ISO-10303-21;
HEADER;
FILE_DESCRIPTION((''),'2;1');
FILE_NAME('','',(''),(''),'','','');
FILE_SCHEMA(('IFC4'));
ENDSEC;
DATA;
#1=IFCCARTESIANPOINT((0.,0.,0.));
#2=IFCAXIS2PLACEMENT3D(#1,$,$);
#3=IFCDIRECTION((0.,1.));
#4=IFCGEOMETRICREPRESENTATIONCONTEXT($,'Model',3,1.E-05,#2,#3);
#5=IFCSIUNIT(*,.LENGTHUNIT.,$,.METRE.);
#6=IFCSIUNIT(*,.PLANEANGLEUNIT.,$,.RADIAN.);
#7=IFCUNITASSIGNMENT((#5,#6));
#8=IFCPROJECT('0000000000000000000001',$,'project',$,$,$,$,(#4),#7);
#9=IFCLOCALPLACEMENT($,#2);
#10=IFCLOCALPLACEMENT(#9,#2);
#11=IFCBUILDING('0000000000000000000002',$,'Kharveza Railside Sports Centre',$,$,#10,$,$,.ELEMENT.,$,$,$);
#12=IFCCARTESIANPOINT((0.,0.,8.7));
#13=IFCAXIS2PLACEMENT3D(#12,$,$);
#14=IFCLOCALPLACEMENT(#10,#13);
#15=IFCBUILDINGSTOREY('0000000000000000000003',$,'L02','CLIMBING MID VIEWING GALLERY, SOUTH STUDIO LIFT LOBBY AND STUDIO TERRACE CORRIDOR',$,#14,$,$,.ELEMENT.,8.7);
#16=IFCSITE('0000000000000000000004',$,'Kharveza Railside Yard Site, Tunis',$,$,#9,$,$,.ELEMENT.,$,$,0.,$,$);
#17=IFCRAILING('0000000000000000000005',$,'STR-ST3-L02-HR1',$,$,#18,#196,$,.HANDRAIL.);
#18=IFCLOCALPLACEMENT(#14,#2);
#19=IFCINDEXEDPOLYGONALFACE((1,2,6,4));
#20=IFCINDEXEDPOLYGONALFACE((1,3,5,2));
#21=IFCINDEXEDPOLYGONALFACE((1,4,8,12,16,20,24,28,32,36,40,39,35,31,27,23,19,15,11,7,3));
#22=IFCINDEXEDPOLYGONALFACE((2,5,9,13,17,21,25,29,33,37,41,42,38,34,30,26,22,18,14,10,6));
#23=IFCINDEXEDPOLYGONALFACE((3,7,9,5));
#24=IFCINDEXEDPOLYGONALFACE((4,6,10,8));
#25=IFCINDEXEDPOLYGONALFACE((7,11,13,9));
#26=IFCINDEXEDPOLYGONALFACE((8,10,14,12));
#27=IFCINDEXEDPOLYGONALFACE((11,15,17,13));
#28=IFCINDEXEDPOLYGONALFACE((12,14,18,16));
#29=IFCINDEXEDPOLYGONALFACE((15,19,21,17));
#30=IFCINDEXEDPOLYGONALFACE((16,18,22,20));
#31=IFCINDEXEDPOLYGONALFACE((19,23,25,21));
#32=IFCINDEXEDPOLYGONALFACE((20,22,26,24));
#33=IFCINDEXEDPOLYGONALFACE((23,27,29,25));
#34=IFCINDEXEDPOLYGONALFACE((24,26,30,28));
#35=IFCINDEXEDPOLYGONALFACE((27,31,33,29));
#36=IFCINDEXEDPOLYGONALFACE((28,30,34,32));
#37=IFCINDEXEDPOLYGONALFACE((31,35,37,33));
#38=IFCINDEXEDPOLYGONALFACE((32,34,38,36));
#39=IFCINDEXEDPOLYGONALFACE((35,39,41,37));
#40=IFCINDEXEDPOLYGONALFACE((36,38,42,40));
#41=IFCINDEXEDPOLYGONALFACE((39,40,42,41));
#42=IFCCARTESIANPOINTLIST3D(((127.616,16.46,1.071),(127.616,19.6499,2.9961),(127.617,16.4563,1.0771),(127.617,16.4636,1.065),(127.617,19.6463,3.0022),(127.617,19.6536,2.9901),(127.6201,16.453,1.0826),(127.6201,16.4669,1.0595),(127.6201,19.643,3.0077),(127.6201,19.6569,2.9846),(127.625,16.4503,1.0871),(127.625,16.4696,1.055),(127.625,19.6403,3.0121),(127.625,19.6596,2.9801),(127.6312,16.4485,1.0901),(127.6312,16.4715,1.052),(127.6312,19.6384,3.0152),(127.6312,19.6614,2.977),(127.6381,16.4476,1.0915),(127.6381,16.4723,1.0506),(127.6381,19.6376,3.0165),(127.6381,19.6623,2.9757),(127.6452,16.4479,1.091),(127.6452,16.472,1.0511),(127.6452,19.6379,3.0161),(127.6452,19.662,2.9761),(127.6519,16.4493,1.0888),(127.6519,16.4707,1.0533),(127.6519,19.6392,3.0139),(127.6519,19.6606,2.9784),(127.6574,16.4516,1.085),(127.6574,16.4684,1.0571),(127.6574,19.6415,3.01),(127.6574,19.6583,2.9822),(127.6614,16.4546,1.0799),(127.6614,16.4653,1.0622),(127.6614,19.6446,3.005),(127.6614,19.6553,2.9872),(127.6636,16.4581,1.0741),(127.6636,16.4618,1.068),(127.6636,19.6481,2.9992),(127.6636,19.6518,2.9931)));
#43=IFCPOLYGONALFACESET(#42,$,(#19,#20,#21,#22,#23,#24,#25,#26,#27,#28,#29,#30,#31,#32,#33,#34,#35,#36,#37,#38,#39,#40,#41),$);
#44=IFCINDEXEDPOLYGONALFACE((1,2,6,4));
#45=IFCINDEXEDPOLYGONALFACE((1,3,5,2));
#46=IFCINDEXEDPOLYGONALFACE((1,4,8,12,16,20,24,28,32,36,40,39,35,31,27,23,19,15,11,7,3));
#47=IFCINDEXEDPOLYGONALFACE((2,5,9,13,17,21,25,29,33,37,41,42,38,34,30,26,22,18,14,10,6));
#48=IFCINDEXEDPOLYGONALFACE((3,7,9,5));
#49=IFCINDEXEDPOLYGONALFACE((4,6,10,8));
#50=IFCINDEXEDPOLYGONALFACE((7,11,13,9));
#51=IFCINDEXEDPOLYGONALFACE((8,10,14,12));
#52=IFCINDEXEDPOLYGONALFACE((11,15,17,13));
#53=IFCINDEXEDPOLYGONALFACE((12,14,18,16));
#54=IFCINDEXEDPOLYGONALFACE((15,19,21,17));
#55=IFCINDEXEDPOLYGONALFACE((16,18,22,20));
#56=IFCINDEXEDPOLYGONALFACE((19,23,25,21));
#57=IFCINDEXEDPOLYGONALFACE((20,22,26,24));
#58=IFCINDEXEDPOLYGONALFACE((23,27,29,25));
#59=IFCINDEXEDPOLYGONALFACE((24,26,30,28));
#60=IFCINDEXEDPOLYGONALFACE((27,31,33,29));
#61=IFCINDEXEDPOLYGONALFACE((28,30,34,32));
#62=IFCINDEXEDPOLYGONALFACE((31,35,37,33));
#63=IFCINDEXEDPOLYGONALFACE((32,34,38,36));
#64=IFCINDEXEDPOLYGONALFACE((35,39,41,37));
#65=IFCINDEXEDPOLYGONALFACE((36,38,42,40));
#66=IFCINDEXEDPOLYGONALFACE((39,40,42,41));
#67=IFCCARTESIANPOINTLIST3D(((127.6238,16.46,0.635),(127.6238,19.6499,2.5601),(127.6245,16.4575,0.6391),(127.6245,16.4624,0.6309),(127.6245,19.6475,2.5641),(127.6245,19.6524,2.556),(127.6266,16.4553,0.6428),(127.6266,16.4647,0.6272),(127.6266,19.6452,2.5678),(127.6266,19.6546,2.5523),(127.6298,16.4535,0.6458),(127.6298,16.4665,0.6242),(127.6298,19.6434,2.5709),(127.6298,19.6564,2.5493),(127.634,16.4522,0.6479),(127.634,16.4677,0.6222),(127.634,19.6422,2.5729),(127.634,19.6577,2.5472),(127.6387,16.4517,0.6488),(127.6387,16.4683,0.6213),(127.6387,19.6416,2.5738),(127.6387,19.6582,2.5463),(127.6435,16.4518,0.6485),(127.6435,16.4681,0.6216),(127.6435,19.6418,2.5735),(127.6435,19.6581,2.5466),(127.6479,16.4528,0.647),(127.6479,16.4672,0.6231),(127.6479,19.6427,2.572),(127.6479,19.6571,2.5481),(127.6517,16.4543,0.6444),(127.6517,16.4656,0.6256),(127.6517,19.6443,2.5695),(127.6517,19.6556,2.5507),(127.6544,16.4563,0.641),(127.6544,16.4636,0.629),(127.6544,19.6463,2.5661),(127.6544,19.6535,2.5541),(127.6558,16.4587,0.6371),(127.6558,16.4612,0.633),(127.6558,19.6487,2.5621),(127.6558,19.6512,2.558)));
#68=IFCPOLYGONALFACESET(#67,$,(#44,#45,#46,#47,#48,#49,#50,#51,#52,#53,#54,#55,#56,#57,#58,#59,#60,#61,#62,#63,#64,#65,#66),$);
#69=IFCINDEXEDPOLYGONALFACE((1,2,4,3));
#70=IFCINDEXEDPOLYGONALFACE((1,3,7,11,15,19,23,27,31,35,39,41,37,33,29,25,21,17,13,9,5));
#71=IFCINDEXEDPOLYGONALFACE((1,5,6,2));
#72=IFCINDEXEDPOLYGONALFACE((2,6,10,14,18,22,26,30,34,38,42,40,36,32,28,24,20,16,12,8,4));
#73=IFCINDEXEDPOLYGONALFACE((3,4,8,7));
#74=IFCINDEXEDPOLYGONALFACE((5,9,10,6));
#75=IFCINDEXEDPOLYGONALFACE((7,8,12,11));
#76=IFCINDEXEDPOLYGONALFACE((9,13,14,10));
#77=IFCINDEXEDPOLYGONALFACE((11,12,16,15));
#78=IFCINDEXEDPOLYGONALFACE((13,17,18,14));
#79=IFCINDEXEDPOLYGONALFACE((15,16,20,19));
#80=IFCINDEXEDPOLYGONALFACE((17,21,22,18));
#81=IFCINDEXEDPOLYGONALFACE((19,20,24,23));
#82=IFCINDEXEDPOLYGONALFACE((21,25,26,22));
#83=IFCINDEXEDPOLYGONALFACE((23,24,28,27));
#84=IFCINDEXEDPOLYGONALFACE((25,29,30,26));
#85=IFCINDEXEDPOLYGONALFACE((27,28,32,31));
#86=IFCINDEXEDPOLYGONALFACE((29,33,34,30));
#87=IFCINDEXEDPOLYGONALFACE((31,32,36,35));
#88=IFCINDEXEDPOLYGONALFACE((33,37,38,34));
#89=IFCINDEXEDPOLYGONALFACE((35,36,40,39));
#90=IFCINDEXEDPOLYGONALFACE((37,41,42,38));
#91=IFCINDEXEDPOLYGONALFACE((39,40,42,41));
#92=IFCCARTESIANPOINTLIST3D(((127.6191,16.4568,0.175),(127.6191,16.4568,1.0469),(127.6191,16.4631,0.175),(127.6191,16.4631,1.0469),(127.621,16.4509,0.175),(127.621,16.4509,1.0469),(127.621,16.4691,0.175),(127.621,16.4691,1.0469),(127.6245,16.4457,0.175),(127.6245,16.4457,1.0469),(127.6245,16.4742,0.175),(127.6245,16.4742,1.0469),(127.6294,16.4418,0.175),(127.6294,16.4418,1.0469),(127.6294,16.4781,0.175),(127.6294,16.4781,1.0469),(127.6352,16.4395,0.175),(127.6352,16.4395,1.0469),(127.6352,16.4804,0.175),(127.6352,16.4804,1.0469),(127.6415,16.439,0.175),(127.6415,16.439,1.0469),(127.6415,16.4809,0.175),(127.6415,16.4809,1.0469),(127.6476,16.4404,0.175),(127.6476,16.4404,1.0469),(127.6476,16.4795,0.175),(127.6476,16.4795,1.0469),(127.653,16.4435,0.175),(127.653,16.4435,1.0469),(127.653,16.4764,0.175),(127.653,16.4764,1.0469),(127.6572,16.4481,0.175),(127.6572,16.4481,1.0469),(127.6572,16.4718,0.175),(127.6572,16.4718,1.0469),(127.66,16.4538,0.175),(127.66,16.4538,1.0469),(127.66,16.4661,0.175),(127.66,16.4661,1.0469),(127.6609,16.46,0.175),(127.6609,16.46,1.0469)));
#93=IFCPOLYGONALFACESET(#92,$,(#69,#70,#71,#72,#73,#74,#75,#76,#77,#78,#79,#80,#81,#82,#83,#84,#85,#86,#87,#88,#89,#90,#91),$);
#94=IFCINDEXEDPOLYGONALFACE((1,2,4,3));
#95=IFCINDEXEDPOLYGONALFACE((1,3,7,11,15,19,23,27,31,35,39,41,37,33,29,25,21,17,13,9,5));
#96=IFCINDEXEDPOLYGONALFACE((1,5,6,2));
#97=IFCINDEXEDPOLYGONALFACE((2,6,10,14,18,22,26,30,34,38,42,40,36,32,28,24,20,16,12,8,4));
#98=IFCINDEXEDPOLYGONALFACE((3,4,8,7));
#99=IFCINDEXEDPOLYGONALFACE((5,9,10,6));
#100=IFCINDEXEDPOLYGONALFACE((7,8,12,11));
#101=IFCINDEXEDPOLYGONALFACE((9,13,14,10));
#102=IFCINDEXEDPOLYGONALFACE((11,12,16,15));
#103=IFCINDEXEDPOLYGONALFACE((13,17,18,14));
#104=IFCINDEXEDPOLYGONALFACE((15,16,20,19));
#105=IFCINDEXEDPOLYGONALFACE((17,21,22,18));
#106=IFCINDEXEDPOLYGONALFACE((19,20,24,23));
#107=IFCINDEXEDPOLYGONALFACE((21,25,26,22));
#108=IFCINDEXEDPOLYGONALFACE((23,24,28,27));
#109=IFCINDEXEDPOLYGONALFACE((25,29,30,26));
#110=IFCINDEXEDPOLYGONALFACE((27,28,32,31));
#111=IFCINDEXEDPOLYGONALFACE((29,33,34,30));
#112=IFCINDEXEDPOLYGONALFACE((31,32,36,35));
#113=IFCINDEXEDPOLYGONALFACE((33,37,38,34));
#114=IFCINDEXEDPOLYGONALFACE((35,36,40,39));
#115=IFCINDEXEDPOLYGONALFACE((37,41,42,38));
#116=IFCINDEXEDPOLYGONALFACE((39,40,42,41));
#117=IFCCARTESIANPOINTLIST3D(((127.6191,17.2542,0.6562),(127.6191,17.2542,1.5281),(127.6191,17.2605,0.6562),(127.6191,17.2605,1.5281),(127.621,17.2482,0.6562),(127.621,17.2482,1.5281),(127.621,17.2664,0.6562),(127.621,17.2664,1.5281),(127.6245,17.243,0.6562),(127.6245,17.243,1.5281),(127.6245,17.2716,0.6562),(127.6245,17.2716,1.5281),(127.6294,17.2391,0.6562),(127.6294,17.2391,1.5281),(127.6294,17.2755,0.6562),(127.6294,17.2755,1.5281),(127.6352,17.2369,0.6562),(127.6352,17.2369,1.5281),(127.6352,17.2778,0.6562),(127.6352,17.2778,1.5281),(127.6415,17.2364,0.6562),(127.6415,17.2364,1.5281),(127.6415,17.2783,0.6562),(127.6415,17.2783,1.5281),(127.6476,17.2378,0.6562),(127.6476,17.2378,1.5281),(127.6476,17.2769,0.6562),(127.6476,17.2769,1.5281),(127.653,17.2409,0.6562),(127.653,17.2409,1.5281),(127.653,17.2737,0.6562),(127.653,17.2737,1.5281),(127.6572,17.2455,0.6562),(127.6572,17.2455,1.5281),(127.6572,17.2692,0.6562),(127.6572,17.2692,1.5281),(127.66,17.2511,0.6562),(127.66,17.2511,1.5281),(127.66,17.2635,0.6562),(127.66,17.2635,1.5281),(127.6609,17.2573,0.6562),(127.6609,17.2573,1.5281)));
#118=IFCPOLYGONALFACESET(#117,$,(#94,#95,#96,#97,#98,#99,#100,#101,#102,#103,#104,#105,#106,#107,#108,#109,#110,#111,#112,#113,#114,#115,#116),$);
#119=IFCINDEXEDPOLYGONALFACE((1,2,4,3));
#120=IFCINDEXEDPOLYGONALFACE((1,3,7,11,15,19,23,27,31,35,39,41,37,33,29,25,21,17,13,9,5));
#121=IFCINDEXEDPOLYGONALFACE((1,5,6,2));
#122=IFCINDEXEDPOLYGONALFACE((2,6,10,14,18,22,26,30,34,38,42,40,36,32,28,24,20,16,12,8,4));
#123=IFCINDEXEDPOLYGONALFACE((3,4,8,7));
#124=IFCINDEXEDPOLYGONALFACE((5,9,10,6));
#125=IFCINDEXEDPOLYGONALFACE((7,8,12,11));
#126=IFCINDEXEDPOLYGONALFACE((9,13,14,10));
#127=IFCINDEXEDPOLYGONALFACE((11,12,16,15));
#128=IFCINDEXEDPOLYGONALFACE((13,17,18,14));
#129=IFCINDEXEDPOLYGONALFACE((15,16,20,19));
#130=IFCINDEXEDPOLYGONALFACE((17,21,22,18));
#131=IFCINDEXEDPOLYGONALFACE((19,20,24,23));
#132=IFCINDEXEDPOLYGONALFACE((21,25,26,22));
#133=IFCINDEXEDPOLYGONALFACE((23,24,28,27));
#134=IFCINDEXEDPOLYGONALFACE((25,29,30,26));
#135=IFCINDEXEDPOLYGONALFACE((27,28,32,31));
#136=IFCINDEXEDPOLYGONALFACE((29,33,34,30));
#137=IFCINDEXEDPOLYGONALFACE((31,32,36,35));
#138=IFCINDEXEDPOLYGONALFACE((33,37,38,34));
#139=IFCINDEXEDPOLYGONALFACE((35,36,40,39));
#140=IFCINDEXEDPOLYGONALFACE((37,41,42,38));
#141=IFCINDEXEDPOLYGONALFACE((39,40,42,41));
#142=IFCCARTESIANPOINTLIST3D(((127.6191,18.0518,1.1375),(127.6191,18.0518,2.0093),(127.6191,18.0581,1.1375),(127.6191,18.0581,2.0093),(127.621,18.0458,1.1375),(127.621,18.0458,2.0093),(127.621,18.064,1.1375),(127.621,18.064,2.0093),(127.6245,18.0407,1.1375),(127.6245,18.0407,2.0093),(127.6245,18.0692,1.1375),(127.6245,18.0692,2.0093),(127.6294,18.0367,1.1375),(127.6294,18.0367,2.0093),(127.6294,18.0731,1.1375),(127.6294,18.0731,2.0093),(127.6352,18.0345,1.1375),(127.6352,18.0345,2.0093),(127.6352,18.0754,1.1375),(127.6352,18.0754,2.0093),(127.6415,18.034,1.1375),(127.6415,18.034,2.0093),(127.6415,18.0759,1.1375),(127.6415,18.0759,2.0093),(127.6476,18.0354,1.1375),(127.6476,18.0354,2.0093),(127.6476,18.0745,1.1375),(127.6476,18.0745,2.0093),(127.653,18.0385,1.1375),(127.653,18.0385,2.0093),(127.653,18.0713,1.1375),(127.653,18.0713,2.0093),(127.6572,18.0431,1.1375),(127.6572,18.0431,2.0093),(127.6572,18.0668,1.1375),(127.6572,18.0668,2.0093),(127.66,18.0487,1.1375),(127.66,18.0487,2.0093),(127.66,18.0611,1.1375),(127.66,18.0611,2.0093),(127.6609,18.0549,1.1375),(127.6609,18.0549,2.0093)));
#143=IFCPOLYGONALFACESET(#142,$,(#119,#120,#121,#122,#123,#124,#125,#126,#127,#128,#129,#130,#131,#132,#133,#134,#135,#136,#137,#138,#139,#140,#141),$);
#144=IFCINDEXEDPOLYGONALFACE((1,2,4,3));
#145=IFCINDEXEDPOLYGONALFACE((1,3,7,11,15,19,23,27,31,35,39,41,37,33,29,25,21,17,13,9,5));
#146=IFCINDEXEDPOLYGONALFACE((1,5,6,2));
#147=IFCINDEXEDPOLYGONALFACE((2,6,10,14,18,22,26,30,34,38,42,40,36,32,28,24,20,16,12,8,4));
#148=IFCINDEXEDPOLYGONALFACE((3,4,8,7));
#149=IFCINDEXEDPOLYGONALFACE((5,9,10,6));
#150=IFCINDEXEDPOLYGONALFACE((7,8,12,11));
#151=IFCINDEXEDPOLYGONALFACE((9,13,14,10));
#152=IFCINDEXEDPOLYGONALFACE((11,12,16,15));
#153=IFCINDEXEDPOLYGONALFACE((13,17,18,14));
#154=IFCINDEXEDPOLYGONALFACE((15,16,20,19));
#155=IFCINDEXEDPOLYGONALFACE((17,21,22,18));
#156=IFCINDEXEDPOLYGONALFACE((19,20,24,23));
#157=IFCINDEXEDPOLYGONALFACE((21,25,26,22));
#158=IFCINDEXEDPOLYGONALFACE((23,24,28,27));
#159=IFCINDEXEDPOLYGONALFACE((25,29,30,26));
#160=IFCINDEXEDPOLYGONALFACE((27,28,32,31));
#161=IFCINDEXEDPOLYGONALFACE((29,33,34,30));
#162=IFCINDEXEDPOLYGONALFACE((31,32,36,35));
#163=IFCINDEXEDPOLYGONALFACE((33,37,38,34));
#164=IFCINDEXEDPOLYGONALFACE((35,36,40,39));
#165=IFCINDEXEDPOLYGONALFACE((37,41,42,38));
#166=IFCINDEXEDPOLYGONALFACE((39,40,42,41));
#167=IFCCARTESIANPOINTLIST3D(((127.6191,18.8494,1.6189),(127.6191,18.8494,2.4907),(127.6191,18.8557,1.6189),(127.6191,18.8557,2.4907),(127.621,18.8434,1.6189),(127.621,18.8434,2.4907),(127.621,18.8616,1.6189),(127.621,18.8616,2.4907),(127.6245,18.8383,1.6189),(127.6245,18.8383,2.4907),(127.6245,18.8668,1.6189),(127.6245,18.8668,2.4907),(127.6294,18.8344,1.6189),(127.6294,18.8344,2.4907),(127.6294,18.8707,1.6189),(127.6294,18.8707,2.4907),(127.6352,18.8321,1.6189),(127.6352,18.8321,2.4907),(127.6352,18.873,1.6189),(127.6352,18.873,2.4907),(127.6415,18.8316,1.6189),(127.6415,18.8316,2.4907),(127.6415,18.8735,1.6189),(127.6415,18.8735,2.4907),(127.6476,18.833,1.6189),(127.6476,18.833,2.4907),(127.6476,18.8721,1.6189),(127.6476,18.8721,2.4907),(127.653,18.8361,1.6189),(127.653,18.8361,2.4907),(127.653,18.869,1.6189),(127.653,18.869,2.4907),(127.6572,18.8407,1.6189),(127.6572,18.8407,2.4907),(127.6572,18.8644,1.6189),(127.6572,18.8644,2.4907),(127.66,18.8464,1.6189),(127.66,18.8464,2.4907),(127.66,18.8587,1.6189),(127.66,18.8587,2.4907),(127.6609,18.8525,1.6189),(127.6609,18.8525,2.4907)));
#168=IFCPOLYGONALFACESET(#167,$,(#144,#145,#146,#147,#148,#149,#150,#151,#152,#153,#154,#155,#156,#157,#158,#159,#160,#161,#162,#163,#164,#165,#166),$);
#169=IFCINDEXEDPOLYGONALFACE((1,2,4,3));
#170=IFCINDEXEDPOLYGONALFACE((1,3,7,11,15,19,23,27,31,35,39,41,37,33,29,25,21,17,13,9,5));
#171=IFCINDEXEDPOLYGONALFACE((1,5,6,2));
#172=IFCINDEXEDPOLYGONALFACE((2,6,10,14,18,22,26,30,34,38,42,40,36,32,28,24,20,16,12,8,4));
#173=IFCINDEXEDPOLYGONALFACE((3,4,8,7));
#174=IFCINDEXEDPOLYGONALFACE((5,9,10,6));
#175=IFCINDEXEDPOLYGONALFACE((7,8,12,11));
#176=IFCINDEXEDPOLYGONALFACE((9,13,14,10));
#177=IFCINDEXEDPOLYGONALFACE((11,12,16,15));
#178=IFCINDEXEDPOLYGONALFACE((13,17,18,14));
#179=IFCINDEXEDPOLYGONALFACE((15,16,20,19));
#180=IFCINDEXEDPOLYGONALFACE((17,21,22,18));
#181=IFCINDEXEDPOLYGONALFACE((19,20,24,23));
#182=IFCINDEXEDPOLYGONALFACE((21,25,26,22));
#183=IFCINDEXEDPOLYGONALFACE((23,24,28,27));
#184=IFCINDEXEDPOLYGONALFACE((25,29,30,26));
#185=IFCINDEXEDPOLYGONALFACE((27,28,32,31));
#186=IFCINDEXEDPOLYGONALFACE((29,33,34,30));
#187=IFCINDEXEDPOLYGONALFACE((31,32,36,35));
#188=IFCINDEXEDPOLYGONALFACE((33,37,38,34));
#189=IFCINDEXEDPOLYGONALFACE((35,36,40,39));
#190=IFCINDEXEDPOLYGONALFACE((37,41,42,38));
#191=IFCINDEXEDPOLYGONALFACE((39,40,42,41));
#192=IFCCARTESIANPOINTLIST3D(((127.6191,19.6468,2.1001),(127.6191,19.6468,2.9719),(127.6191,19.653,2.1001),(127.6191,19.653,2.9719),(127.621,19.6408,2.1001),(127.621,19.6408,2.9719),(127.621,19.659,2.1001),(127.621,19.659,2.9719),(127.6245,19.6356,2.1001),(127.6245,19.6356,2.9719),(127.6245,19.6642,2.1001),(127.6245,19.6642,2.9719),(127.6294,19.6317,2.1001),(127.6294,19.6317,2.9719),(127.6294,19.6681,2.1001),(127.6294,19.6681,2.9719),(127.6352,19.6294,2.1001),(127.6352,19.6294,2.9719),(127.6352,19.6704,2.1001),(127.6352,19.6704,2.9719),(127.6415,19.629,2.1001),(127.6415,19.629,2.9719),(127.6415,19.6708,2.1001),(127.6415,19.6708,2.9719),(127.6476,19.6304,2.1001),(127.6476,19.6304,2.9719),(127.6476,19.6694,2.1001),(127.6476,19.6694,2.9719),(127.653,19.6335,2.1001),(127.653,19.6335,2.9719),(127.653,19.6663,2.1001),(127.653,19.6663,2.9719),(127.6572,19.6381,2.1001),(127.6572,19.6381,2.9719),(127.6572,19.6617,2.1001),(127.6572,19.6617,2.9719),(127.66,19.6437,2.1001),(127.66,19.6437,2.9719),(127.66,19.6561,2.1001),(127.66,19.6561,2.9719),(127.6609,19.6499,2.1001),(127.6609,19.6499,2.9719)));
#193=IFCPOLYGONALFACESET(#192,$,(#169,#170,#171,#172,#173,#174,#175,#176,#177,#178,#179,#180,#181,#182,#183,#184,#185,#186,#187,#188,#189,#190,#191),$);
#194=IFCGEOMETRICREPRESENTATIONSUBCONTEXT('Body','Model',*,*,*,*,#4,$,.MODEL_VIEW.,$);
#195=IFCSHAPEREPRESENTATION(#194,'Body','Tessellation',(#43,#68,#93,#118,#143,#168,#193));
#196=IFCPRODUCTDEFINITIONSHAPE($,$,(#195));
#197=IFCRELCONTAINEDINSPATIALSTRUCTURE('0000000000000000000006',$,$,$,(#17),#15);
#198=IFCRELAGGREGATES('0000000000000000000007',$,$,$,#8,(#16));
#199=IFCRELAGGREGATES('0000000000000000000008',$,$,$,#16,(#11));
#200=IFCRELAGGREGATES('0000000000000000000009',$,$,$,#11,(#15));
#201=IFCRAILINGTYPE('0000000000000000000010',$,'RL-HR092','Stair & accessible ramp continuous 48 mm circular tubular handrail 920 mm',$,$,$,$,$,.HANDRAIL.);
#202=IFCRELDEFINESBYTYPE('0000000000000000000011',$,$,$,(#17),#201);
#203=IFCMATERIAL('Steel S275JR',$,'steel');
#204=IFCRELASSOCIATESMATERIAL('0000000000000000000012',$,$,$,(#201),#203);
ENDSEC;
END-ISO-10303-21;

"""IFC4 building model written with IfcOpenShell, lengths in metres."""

from ifc_helpers import new_model, si_unit, direction, frame, origin, origin_2d, place, context, subcontext, project, spatial, circle, extrude, material, type_object, element, save


model = new_model("IFC4")

# Units and contexts
model_context = context("Model", 3, precision=1e-05, world=origin(), true_north=direction((0.0, 1.0)))
body_context = subcontext(model_context, "Body", "Model", "MODEL_VIEW")
ifc_project = project(units=[si_unit("LENGTHUNIT", "METRE"), si_unit("PLANEANGLEUNIT", "RADIAN")], contexts=[model_context])

# Site, building, storey
site_placement = place(None, origin())
site = spatial("IfcSite", under=ifc_project, at=site_placement, Name="Kharveza Railside Yard Site, Tunis", CompositionType="ELEMENT", RefElevation=0.0)
building_placement = place(site_placement, origin())
building = spatial("IfcBuilding", under=site, at=building_placement, Name="Kharveza Railside Sports Centre", CompositionType="ELEMENT")
storey_placement = place(building_placement, frame((0.0, 0.0, 8.7)))
storey = spatial("IfcBuildingStorey", under=building, at=storey_placement, Name="L02", Description="CLIMBING MID VIEWING GALLERY, SOUTH STUDIO LIFT LOBBY AND STUDIO TERRACE CORRIDOR", CompositionType="ELEMENT", Elevation=8.7)

# Railing
ifc_material_1 = material(Name="Steel S275JR", Category="steel")
railing_type_1 = type_object("IfcRailingType", Name="RL-HR092", Description="Stair & accessible ramp continuous 48 mm circular tubular handrail 920 mm", PredefinedType="HANDRAIL", material=ifc_material_1)
railing_1_placement = place(storey_placement, frame((127.6399, 16.46, 0.175)))
element("IfcRailing", 1, at=railing_1_placement, inside=storey, type_object=railing_type_1, Name="STR-ST3-L02-HR1", PredefinedType="HANDRAIL", context=body_context, shape_type="SweptSolid", body=[
    extrude(circle(Radius=0.0239, at=origin_2d()), frame((0.0, 0.0, 0.896), z_axis=(0.0, 0.856178, 0.516682), x_axis=(-1.0, 0.0, 0.0)), (0.0, 0.0, 1.0), 3.7258),
    extrude(circle(Radius=0.0161, at=origin_2d()), frame((0.0, 0.0, 0.46), z_axis=(0.0, 0.856178, 0.516682), x_axis=(-1.0, 0.0, 0.0)), (0.0, 0.0, 1.0), 3.7258),
    extrude(circle(Radius=0.021, at=origin_2d()), origin(), (0.0, 0.0, 1.0), 0.8718),
    extrude(circle(Radius=0.021, at=origin_2d()), frame((0.0, 0.7974, 0.4812)), (0.0, 0.0, 1.0), 0.8718),
    extrude(circle(Radius=0.021, at=origin_2d()), frame((0.0, 1.595, 0.9624)), (0.0, 0.0, 1.0), 0.8718),
    extrude(circle(Radius=0.021, at=origin_2d()), frame((0.0, 2.3926, 1.4438)), (0.0, 0.0, 1.0), 0.8718),
    extrude(circle(Radius=0.021, at=origin_2d()), frame((0.0, 3.1899, 1.925)), (0.0, 0.0, 1.0), 0.8718),
])

save(model, "model.ifc")
